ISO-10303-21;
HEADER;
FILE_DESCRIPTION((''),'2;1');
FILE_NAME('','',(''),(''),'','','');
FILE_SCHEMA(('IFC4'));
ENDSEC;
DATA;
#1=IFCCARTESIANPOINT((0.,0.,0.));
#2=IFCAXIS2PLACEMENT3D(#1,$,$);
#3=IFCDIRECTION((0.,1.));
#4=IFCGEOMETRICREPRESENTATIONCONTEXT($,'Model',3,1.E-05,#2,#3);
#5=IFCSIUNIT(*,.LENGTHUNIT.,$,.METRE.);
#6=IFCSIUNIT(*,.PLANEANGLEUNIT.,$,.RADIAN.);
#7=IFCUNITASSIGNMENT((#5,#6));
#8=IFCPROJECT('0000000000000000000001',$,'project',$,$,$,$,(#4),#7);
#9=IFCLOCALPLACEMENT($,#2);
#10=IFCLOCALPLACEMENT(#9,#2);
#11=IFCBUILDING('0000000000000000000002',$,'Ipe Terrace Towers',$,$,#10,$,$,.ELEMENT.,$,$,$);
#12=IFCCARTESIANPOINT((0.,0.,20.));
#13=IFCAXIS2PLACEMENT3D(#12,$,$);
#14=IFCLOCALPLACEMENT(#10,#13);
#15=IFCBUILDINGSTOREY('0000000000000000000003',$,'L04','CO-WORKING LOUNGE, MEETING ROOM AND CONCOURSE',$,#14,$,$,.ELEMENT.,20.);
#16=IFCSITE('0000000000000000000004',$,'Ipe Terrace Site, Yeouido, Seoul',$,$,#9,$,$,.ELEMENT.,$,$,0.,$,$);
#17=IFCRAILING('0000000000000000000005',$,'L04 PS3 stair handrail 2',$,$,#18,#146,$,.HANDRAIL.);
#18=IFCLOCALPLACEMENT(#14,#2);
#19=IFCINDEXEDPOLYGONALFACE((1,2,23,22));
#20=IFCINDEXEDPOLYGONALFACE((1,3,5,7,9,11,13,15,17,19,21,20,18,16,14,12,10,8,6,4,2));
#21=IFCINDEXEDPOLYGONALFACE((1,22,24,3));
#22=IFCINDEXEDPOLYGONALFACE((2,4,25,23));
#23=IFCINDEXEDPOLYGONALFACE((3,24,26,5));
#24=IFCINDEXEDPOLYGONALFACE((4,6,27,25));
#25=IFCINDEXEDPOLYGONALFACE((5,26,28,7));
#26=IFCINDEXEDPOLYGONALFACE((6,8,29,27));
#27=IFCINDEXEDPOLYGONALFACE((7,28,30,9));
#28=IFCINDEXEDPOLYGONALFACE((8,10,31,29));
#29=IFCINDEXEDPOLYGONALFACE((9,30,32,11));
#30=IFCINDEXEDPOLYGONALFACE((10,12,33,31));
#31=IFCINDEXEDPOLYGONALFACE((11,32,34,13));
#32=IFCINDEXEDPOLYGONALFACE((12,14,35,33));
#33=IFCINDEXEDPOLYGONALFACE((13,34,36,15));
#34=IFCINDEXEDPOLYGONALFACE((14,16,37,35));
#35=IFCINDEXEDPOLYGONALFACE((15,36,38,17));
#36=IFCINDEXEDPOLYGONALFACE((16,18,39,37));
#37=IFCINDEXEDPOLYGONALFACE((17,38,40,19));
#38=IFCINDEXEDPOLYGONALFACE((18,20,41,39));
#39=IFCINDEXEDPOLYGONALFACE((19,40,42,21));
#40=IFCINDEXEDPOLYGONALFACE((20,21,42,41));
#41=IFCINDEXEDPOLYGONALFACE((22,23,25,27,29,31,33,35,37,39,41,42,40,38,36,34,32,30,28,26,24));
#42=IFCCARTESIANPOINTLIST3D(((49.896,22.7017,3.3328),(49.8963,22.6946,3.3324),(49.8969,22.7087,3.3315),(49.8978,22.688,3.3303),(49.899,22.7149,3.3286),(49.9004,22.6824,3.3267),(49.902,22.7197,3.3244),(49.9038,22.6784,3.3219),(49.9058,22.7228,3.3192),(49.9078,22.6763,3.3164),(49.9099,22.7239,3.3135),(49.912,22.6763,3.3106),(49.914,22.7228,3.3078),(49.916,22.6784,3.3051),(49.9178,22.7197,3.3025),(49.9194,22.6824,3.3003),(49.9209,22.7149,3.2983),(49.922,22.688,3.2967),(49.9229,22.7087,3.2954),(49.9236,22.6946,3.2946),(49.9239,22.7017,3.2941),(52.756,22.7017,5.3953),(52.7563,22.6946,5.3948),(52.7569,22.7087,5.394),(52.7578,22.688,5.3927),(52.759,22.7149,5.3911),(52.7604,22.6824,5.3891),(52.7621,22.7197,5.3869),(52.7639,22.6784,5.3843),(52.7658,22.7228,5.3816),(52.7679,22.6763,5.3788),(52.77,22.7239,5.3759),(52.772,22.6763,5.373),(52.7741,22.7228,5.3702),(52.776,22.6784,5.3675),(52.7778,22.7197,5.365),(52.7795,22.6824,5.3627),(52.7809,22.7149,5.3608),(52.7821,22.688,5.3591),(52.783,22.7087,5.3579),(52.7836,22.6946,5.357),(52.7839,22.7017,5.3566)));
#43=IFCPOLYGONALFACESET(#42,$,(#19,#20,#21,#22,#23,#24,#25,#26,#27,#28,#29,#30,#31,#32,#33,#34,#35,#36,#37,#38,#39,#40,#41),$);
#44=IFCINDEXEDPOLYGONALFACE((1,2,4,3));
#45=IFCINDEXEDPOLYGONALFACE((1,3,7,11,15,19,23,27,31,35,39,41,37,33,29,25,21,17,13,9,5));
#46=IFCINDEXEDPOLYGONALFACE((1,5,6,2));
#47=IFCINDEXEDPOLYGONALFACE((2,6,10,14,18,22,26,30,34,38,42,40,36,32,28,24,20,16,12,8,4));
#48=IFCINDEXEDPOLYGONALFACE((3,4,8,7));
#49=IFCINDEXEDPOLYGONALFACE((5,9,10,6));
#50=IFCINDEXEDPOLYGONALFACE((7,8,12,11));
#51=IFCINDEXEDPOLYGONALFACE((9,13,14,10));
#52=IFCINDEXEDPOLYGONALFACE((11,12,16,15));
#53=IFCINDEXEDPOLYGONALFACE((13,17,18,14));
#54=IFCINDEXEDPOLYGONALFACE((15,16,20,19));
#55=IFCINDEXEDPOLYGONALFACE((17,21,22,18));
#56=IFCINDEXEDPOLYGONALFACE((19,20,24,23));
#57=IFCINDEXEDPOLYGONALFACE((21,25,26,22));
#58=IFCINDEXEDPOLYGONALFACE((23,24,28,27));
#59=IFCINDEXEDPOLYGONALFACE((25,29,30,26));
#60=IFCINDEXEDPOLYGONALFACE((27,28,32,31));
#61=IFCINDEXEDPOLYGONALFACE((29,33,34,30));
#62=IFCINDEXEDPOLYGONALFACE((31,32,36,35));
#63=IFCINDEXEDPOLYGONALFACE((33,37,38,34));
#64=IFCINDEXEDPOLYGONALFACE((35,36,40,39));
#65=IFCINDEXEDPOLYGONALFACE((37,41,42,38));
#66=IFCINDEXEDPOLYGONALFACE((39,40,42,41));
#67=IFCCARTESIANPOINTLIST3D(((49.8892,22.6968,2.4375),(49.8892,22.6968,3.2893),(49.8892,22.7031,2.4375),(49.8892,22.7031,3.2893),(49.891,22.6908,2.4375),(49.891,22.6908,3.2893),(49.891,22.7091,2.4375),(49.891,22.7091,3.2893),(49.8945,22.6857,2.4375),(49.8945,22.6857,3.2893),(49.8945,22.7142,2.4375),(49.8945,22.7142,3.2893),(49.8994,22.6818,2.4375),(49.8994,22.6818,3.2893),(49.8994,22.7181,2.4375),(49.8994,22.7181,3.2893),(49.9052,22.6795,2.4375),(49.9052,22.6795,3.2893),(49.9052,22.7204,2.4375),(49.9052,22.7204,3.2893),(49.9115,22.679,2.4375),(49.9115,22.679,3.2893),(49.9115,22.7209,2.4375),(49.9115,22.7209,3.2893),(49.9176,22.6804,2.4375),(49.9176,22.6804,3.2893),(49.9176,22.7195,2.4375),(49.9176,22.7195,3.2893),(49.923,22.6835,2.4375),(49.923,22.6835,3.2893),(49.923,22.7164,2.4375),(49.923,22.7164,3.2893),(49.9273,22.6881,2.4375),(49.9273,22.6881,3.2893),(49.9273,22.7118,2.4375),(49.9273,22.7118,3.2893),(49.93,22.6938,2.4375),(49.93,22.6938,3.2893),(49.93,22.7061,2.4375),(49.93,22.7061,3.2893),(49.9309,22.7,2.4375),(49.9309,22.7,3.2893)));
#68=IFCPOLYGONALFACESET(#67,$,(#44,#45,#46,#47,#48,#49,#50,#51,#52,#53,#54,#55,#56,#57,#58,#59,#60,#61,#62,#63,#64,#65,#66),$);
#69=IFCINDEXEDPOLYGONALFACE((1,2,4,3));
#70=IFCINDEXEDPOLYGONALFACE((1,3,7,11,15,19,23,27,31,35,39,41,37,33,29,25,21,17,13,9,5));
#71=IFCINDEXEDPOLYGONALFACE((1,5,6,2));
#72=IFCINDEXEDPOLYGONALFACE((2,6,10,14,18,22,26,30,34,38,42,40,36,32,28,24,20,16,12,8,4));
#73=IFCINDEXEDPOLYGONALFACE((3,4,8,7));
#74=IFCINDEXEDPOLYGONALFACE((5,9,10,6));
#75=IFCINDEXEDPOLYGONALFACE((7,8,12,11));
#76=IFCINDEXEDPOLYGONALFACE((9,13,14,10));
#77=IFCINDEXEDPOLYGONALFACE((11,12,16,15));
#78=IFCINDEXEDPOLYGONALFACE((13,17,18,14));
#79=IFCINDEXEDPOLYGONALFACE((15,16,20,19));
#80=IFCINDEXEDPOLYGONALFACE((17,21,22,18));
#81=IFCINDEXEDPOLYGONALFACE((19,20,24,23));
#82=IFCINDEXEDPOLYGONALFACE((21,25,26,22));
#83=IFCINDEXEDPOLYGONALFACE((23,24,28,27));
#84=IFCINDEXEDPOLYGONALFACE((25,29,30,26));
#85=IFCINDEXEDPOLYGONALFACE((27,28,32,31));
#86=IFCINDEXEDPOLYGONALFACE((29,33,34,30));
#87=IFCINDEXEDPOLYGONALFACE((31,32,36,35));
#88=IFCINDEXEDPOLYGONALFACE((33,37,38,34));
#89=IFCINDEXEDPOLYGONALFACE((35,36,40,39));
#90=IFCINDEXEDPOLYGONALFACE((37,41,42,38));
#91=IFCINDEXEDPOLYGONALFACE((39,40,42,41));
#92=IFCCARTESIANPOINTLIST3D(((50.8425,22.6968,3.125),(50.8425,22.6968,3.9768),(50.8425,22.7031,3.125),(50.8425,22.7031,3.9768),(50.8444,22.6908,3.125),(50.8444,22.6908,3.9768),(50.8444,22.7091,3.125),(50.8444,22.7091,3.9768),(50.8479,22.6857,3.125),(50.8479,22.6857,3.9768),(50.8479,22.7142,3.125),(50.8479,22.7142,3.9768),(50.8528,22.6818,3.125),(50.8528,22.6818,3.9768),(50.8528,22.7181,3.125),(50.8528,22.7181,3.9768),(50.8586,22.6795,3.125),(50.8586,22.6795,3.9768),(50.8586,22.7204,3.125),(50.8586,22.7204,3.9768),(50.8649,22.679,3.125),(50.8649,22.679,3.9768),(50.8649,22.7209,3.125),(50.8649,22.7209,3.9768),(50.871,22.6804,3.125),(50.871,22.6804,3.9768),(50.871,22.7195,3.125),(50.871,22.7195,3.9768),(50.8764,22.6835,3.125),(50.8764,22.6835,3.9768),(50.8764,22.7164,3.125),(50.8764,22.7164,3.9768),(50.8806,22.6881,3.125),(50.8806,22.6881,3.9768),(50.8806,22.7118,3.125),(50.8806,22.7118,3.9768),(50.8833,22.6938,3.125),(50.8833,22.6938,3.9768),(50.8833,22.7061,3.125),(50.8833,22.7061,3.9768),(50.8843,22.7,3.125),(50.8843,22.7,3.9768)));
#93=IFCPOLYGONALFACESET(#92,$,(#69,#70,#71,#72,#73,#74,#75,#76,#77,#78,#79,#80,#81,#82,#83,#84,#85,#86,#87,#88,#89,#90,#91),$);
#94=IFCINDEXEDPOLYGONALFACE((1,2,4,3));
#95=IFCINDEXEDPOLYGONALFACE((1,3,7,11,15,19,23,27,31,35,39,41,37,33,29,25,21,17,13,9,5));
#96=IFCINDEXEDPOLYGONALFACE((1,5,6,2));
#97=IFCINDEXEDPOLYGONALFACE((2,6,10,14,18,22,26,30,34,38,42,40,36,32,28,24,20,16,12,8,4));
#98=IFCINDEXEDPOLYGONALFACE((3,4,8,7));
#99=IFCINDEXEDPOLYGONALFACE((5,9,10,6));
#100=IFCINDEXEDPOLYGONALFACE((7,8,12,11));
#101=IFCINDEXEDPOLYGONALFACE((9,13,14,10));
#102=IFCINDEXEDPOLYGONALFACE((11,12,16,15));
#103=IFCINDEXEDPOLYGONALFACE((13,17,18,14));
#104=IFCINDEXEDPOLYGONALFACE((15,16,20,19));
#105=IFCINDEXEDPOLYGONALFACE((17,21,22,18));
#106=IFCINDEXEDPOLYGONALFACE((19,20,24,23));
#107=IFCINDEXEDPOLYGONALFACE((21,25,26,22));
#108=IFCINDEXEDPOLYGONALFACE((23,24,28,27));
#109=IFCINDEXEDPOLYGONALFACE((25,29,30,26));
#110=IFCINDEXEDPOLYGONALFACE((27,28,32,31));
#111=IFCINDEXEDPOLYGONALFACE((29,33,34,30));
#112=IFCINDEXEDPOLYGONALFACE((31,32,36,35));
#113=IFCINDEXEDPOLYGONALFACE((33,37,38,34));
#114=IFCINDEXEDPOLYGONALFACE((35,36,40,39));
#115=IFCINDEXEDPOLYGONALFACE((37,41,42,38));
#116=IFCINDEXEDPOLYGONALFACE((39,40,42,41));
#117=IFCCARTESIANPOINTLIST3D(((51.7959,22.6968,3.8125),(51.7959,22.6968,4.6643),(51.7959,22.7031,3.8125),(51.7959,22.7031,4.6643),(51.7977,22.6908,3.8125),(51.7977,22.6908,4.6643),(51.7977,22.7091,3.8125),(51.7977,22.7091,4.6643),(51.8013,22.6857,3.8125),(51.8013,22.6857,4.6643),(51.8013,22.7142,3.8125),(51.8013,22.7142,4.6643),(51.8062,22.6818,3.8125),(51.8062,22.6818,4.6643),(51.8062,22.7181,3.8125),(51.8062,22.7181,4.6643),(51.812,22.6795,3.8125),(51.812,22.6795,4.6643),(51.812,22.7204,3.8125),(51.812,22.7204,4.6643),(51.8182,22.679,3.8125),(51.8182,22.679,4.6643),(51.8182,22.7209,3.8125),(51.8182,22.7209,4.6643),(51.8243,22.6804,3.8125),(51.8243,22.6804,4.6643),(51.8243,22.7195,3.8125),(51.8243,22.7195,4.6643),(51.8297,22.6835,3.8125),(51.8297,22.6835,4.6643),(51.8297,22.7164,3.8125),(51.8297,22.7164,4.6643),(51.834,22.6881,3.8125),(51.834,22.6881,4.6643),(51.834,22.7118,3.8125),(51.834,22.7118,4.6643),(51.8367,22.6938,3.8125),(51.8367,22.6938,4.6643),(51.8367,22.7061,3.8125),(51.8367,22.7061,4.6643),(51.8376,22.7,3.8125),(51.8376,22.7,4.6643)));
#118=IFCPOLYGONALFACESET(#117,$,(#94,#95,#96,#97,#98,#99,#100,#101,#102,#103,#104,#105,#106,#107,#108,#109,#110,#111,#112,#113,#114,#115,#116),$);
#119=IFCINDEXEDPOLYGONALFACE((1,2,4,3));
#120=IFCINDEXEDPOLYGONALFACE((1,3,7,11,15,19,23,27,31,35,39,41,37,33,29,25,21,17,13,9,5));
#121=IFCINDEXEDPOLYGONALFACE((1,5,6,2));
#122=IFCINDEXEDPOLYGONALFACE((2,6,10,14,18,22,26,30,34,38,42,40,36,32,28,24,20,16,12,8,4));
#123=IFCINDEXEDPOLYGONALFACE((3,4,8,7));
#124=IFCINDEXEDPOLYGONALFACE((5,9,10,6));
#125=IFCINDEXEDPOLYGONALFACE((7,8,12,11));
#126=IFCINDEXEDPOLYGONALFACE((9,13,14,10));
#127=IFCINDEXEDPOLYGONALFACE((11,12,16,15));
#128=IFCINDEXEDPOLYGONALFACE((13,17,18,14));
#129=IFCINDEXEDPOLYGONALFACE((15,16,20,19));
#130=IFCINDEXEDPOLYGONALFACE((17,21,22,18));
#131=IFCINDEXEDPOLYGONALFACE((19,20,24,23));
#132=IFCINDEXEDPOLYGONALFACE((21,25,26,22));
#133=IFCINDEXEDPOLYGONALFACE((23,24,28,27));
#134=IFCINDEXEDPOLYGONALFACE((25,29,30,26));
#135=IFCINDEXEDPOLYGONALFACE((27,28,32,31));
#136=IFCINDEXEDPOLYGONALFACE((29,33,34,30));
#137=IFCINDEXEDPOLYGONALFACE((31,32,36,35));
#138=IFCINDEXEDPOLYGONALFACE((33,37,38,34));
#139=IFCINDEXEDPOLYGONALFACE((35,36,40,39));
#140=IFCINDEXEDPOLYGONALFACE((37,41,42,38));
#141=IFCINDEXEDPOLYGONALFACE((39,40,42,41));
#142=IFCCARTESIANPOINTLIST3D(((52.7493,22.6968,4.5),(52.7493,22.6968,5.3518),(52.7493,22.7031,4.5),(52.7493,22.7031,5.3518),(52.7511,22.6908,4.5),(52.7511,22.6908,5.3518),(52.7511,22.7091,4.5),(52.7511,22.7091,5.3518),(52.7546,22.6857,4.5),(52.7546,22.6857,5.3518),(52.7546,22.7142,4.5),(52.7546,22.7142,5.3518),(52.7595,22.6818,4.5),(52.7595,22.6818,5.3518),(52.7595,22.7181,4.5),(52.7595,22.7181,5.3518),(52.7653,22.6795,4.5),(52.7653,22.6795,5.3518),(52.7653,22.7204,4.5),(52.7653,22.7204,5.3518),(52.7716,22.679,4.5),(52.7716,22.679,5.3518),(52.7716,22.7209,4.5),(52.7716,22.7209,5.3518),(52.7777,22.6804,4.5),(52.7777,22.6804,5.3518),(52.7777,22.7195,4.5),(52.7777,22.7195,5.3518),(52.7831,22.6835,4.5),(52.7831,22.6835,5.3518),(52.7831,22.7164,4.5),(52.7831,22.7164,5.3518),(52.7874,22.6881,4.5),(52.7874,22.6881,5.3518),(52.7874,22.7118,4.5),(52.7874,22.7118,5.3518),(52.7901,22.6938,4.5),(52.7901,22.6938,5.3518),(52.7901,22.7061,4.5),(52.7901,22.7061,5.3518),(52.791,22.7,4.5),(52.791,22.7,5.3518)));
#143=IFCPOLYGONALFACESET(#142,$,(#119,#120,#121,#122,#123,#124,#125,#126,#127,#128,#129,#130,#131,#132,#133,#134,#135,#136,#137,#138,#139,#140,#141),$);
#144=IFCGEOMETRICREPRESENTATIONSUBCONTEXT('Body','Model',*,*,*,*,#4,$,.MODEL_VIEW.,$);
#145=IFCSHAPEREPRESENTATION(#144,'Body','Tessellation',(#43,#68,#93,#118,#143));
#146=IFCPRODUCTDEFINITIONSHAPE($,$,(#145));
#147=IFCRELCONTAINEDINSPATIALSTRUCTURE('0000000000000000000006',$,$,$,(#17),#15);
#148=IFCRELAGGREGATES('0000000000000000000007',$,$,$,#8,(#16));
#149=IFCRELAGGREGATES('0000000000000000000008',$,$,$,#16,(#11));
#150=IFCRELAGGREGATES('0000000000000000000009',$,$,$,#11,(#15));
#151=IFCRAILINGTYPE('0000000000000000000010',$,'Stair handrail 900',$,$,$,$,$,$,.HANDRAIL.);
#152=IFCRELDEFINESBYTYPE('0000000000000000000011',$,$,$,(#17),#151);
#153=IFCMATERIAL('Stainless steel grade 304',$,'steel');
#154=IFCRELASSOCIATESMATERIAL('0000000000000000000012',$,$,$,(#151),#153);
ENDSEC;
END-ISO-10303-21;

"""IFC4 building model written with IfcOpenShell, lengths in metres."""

from ifc_helpers import new_model, si_unit, direction, frame, origin, origin_2d, place, context, subcontext, project, spatial, circle, extrude, material, type_object, element, save


model = new_model("IFC4")

# Units and contexts
model_context = context("Model", 3, precision=1e-05, world=origin(), true_north=direction((0.0, 1.0)))
body_context = subcontext(model_context, "Body", "Model", "MODEL_VIEW")
ifc_project = project(units=[si_unit("LENGTHUNIT", "METRE"), si_unit("PLANEANGLEUNIT", "RADIAN")], contexts=[model_context])

# Site, building, storey
site_placement = place(None, origin())
site = spatial("IfcSite", under=ifc_project, at=site_placement, Name="Ipe Terrace Site, Yeouido, Seoul", CompositionType="ELEMENT", RefElevation=0.0)
building_placement = place(site_placement, origin())
building = spatial("IfcBuilding", under=site, at=building_placement, Name="Ipe Terrace Towers", CompositionType="ELEMENT")
storey_placement = place(building_placement, frame((0.0, 0.0, 20.0)))
storey = spatial("IfcBuildingStorey", under=building, at=storey_placement, Name="L04", Description="CO-WORKING LOUNGE, MEETING ROOM AND CONCOURSE", CompositionType="ELEMENT", Elevation=20.0)

# Railing
ifc_material_1 = material(Name="Stainless steel grade 304", Category="steel")
railing_type_1 = type_object("IfcRailingType", Name="Stair handrail 900", PredefinedType="HANDRAIL", material=ifc_material_1)
railing_1_placement = place(storey_placement, frame((49.9099, 22.7, 2.4375)))
element("IfcRailing", 1, at=railing_1_placement, inside=storey, type_object=railing_type_1, Name="L04 PS3 stair handrail 2", PredefinedType="HANDRAIL", context=body_context, shape_type="SweptSolid", body=[
    extrude(circle(Radius=0.0239, at=origin_2d()), frame((0.0, 0.0, 0.876), z_axis=(0.811101, 0.0, 0.584906), x_axis=(0.0, 1.0, 0.0)), (0.0, 0.0, 1.0), 3.5261),
    extrude(circle(Radius=0.021, at=origin_2d()), origin(), (0.0, 0.0, 1.0), 0.8518),
    extrude(circle(Radius=0.021, at=origin_2d()), frame((0.9534, 0.0, 0.6875)), (0.0, 0.0, 1.0), 0.8518),
    extrude(circle(Radius=0.021, at=origin_2d()), frame((1.9067, 0.0, 1.375)), (0.0, 0.0, 1.0), 0.8518),
    extrude(circle(Radius=0.021, at=origin_2d()), frame((2.8601, 0.0, 2.0625)), (0.0, 0.0, 1.0), 0.8518),
])

save(model, "model.ifc")
